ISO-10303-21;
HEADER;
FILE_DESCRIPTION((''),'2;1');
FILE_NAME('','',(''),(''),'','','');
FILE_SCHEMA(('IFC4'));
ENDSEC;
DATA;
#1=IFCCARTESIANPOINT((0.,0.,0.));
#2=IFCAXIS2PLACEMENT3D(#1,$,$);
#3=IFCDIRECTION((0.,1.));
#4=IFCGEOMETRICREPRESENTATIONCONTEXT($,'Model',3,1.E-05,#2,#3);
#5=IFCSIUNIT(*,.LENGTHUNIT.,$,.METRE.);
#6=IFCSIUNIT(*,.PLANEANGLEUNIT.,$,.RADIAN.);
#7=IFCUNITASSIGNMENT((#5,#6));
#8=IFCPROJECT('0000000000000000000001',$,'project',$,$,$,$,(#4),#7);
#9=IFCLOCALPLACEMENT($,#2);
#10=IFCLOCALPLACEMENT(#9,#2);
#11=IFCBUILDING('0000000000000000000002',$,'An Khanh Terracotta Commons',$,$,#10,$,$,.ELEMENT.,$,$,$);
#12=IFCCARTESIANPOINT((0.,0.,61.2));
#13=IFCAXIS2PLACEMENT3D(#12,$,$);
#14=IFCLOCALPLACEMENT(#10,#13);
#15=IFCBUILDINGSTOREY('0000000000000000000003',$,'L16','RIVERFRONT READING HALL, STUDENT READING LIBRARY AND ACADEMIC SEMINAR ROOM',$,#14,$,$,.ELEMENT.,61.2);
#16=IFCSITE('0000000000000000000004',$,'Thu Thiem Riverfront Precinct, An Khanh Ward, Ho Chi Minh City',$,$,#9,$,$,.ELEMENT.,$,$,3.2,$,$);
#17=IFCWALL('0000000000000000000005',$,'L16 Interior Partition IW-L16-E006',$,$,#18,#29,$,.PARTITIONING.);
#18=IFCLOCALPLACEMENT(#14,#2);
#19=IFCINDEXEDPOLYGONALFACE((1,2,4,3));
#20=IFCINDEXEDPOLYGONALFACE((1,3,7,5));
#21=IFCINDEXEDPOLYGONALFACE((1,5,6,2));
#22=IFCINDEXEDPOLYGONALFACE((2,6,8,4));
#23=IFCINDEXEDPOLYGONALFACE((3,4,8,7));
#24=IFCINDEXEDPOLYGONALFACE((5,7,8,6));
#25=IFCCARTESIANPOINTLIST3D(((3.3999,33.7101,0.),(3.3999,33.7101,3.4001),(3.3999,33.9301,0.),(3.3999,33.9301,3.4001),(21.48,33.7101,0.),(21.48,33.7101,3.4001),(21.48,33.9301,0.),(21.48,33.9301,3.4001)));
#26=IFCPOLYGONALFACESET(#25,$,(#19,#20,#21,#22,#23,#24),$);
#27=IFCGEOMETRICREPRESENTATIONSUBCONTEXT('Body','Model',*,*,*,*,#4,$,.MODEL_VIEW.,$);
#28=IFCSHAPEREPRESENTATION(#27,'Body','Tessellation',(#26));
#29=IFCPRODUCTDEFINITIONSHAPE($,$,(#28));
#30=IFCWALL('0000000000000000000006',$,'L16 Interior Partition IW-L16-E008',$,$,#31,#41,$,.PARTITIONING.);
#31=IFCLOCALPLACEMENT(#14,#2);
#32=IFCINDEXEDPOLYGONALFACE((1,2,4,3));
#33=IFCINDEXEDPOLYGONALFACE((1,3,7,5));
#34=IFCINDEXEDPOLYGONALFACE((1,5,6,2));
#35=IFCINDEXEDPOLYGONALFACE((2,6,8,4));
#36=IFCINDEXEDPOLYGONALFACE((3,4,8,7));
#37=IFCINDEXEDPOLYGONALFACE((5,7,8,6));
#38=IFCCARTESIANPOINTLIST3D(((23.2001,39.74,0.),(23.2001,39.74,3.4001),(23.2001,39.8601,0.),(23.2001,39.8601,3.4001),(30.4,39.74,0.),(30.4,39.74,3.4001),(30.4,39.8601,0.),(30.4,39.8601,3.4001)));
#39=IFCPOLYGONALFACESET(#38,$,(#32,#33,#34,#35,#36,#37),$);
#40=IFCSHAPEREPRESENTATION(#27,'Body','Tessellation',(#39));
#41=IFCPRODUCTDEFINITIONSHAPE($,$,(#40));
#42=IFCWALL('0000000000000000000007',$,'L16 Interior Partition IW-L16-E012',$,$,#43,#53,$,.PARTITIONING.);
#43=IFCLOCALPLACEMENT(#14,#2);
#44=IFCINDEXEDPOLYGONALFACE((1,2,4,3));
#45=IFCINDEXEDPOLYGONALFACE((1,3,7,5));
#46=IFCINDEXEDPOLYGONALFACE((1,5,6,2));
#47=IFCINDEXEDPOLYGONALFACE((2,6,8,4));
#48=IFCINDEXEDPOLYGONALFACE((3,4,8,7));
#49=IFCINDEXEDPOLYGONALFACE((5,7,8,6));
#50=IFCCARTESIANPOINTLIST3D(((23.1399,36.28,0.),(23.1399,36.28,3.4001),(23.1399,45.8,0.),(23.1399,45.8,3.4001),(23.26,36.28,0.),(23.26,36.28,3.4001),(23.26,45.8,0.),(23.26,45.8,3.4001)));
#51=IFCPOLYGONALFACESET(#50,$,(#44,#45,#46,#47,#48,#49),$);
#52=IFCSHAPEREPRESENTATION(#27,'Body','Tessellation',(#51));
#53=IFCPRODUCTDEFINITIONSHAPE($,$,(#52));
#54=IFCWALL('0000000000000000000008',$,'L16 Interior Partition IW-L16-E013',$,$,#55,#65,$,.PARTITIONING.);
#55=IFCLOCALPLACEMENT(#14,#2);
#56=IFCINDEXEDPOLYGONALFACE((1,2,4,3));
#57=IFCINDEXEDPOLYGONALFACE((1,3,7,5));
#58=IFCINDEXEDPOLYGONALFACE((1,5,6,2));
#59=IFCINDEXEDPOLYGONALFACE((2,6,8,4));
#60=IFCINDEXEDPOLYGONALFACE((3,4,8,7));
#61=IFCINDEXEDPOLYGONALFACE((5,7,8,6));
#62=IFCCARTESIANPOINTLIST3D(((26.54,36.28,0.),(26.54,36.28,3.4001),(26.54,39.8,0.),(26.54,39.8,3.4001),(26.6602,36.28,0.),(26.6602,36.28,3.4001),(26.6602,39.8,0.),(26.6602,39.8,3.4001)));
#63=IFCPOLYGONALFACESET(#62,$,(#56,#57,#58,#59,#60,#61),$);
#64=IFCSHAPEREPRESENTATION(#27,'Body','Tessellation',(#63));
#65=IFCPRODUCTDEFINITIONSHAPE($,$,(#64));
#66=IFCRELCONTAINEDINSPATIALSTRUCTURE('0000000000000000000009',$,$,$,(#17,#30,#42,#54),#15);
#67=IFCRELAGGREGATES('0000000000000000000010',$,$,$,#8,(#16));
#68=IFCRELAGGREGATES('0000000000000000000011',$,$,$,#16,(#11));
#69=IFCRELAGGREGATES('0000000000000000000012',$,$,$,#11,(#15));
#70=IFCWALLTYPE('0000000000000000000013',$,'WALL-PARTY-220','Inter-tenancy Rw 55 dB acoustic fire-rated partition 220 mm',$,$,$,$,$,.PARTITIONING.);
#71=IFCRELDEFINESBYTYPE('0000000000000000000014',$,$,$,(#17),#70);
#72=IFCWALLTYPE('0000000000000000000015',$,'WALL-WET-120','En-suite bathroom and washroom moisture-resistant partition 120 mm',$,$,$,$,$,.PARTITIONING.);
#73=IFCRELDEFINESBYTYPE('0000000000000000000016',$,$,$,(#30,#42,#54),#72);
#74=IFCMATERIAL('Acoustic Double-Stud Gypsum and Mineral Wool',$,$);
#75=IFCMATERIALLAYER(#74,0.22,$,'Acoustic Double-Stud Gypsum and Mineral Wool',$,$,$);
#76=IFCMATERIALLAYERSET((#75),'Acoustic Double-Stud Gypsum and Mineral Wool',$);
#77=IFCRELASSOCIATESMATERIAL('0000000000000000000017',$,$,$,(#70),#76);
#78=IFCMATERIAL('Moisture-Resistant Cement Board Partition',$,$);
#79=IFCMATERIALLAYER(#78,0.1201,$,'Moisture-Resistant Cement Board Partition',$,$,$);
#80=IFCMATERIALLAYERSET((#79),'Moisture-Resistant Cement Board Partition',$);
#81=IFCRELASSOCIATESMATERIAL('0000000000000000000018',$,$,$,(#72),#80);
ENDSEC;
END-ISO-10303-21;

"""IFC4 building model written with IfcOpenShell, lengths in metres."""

from ifc_helpers import new_model, si_unit, direction, frame, frame_2d, origin, place, context, subcontext, project, spatial, rectangle, extrude, material, layer, layer_set, type_object, element, save


model = new_model("IFC4")

# Units and contexts
model_context = context("Model", 3, precision=1e-05, world=origin(), true_north=direction((0.0, 1.0)))
body_context = subcontext(model_context, "Body", "Model", "MODEL_VIEW")
ifc_project = project(units=[si_unit("LENGTHUNIT", "METRE"), si_unit("PLANEANGLEUNIT", "RADIAN")], contexts=[model_context])

# Site, building, storey
site_placement = place(None, origin())
site = spatial("IfcSite", under=ifc_project, at=site_placement, Name="Thu Thiem Riverfront Precinct, An Khanh Ward, Ho Chi Minh City", CompositionType="ELEMENT", RefElevation=3.2)
building_placement = place(site_placement, origin())
building = spatial("IfcBuilding", under=site, at=building_placement, Name="An Khanh Terracotta Commons", CompositionType="ELEMENT")
storey_placement = place(building_placement, frame((0.0, 0.0, 61.2)))
storey = spatial("IfcBuildingStorey", under=building, at=storey_placement, Name="L16", Description="RIVERFRONT READING HALL, STUDENT READING LIBRARY AND ACADEMIC SEMINAR ROOM", CompositionType="ELEMENT", Elevation=61.2)

# Walls
ifc_material_1 = material(Name="Acoustic Double-Stud Gypsum and Mineral Wool")
ifc_layer_1 = layer(ifc_material_1, 0.22, Name="Acoustic Double-Stud Gypsum and Mineral Wool")
ifc_layer_set_1 = layer_set([ifc_layer_1], Name="Acoustic Double-Stud Gypsum and Mineral Wool")
wall_type_1 = type_object("IfcWallType", Name="WALL-PARTY-220", Description="Inter-tenancy Rw 55 dB acoustic fire-rated partition 220 mm", PredefinedType="PARTITIONING", material=ifc_layer_set_1)
wall_1_placement = place(storey_placement, frame((3.3999, 33.8201, 0.0), z_axis=(0.0, 0.0, 1.0), x_axis=(1.0, 0.0, 0.0)))
element("IfcWall", 1, at=wall_1_placement, inside=storey, type_object=wall_type_1, Name="L16 Interior Partition IW-L16-E006", PredefinedType="PARTITIONING", context=body_context, shape_type="SweptSolid", body=[
    extrude(rectangle(XDim=18.0801, YDim=0.22, at=frame_2d((9.04, 0.0))), origin(), (0.0, 0.0, 1.0), 3.4001),
])
ifc_material_2 = material(Name="Moisture-Resistant Cement Board Partition")
ifc_layer_2 = layer(ifc_material_2, 0.1201, Name="Moisture-Resistant Cement Board Partition")
ifc_layer_set_2 = layer_set([ifc_layer_2], Name="Moisture-Resistant Cement Board Partition")
wall_type_2 = type_object("IfcWallType", Name="WALL-WET-120", Description="En-suite bathroom and washroom moisture-resistant partition 120 mm", PredefinedType="PARTITIONING", material=ifc_layer_set_2)
wall_2_placement = place(storey_placement, frame((23.2, 39.8, 0.0), z_axis=(0.0, 0.0, 1.0), x_axis=(1.0, 0.0, 0.0)))
element("IfcWall", 2, at=wall_2_placement, inside=storey, type_object=wall_type_2, Name="L16 Interior Partition IW-L16-E008", PredefinedType="PARTITIONING", context=body_context, shape_type="SweptSolid", body=[
    extrude(rectangle(XDim=7.2, YDim=0.1201, at=frame_2d((3.6001, 0.0))), origin(), (0.0, 0.0, 1.0), 3.4001),
])
wall_3_placement = place(storey_placement, frame((23.2, 36.28, 0.0), z_axis=(0.0, 0.0, 1.0), x_axis=(0.0, 1.0, 0.0)))
element("IfcWall", 3, at=wall_3_placement, inside=storey, type_object=wall_type_2, Name="L16 Interior Partition IW-L16-E012", PredefinedType="PARTITIONING", context=body_context, shape_type="SweptSolid", body=[
    extrude(rectangle(XDim=9.52, YDim=0.1201, at=frame_2d((4.76, 0.0))), origin(), (0.0, 0.0, 1.0), 3.4001),
])
wall_4_placement = place(storey_placement, frame((26.6001, 36.28, 0.0), z_axis=(0.0, 0.0, 1.0), x_axis=(0.0, 1.0, 0.0)))
element("IfcWall", 4, at=wall_4_placement, inside=storey, type_object=wall_type_2, Name="L16 Interior Partition IW-L16-E013", PredefinedType="PARTITIONING", context=body_context, shape_type="SweptSolid", body=[
    extrude(rectangle(XDim=3.52, YDim=0.1201, at=frame_2d((1.76, 0.0))), origin(), (0.0, 0.0, 1.0), 3.4001),
])

save(model, "model.ifc")
